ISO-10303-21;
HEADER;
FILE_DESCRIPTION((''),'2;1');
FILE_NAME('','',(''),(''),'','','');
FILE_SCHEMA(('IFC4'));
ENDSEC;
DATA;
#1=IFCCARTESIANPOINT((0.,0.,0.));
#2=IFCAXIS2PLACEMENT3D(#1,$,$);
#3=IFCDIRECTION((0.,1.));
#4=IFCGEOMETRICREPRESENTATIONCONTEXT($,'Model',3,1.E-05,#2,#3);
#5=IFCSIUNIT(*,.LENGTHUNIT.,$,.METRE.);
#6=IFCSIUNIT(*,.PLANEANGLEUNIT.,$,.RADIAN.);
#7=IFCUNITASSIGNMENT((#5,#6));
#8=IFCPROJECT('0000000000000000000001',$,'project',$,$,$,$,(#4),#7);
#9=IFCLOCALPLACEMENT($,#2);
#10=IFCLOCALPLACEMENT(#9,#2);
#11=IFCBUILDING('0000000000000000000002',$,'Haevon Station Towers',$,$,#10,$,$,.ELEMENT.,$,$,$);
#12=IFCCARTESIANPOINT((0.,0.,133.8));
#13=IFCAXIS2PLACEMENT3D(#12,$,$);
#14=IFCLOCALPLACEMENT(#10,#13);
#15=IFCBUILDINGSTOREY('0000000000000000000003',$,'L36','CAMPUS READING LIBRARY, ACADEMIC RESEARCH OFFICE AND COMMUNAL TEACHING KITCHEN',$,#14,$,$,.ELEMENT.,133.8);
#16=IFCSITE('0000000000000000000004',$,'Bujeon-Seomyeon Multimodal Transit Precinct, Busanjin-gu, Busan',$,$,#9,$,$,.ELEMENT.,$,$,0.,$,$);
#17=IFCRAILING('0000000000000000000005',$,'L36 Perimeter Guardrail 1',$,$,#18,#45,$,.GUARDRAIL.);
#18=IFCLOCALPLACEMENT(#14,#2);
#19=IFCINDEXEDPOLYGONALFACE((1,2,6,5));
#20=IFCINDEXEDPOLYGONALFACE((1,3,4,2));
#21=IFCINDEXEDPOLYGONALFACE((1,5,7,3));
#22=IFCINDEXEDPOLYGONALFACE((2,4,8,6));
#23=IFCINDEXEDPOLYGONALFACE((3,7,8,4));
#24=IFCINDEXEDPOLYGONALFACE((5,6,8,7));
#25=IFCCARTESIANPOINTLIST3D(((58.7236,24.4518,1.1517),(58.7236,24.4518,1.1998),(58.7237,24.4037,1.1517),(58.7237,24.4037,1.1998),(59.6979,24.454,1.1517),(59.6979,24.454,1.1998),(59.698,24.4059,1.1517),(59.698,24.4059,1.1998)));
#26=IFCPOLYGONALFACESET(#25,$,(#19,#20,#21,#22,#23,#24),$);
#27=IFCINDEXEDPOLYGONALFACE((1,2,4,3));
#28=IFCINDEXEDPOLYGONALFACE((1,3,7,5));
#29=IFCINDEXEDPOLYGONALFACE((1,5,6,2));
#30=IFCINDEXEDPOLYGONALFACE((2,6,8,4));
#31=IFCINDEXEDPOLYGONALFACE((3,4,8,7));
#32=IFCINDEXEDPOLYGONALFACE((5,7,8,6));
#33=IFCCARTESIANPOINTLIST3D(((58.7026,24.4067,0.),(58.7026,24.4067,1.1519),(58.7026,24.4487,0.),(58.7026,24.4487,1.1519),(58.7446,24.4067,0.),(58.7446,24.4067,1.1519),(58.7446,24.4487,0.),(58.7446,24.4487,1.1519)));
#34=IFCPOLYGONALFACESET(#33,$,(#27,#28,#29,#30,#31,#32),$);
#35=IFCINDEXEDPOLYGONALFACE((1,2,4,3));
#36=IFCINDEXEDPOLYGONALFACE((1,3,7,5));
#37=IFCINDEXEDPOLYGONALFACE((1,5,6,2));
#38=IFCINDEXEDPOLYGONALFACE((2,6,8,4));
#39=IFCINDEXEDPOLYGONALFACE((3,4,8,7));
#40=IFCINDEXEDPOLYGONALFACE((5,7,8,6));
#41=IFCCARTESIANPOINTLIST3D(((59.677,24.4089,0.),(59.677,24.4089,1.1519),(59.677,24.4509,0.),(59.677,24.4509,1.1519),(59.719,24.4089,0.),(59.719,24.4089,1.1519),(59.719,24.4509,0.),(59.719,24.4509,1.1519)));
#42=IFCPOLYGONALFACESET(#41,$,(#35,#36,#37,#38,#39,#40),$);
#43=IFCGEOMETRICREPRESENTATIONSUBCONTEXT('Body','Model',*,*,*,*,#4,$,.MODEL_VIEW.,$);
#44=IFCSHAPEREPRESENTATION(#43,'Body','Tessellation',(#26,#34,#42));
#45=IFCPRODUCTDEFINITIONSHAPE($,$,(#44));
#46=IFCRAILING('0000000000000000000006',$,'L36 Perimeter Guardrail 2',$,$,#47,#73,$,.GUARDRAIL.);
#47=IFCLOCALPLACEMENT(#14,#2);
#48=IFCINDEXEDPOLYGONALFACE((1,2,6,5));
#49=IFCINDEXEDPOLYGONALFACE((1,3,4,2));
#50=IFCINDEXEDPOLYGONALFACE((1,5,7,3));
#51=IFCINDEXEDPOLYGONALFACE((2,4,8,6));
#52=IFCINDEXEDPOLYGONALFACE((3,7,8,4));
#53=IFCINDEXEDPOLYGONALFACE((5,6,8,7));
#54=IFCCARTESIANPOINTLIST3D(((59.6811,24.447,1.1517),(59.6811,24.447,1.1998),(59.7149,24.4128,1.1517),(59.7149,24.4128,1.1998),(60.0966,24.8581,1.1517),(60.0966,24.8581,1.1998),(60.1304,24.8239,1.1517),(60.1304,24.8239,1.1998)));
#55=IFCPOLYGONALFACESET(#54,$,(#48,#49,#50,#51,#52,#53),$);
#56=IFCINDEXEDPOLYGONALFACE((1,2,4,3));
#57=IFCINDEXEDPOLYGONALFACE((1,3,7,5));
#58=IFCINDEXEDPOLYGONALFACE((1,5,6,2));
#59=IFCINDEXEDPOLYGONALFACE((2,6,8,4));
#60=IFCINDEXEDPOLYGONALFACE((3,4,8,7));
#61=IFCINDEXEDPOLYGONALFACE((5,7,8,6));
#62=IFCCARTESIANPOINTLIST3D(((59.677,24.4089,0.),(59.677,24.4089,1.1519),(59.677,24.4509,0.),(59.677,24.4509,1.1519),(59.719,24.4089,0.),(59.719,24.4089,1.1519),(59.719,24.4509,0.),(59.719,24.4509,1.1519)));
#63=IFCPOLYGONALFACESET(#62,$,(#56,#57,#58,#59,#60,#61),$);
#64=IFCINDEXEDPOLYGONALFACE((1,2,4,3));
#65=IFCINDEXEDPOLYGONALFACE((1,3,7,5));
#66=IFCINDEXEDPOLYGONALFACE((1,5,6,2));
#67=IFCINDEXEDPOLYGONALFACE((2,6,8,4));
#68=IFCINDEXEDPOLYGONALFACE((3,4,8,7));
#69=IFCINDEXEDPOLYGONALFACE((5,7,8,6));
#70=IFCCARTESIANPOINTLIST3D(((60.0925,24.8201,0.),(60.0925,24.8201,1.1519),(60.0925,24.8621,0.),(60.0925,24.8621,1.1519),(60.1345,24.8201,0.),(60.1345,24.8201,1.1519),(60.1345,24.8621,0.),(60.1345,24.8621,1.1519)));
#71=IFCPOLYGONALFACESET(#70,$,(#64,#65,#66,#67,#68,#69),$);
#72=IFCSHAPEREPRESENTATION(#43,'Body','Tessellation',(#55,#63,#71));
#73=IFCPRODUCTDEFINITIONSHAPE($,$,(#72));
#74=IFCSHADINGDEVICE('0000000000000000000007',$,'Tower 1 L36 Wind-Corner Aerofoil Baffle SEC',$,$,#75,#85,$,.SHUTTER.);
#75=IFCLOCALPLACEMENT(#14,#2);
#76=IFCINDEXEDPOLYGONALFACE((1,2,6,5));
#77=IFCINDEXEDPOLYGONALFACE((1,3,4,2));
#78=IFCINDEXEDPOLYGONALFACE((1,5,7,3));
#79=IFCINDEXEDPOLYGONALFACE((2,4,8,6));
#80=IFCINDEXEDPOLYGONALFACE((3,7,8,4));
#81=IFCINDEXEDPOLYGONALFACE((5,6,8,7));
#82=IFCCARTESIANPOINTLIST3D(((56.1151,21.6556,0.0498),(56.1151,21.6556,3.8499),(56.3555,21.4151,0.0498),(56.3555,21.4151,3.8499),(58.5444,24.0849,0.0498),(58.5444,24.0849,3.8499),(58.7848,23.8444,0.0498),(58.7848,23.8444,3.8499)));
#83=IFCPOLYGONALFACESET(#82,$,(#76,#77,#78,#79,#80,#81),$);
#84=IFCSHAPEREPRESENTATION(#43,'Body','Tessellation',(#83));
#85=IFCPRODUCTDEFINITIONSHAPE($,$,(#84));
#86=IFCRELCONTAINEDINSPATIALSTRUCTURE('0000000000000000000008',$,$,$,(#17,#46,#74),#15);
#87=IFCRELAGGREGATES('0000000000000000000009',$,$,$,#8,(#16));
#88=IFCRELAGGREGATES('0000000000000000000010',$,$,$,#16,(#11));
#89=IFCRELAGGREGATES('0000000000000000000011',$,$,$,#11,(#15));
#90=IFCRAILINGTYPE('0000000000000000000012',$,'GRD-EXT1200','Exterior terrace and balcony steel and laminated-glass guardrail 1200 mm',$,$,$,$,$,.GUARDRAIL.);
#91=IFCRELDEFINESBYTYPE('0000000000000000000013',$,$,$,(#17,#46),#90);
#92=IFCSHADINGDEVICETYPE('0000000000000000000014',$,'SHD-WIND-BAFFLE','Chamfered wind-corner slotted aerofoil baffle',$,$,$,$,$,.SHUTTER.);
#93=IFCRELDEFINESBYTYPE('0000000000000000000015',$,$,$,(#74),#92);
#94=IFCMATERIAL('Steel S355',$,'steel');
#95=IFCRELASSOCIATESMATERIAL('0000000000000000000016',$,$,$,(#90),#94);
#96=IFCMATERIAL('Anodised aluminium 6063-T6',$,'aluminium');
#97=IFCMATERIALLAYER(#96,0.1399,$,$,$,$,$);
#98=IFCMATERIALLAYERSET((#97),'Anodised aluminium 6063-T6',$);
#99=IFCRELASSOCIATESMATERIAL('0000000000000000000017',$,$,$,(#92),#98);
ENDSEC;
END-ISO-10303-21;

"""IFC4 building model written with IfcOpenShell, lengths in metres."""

from ifc_helpers import new_model, si_unit, direction, frame, origin, origin_2d, place, context, subcontext, project, spatial, rectangle, extrude, material, layer, layer_set, type_object, element, save


model = new_model("IFC4")

# Units and contexts
model_context = context("Model", 3, precision=1e-05, world=origin(), true_north=direction((0.0, 1.0)))
body_context = subcontext(model_context, "Body", "Model", "MODEL_VIEW")
ifc_project = project(units=[si_unit("LENGTHUNIT", "METRE"), si_unit("PLANEANGLEUNIT", "RADIAN")], contexts=[model_context])

# Site, building, storey
site_placement = place(None, origin())
site = spatial("IfcSite", under=ifc_project, at=site_placement, Name="Bujeon-Seomyeon Multimodal Transit Precinct, Busanjin-gu, Busan", CompositionType="ELEMENT", RefElevation=0.0)
building_placement = place(site_placement, origin())
building = spatial("IfcBuilding", under=site, at=building_placement, Name="Haevon Station Towers", CompositionType="ELEMENT")
storey_placement = place(building_placement, frame((0.0, 0.0, 133.8)))
storey = spatial("IfcBuildingStorey", under=building, at=storey_placement, Name="L36", Description="CAMPUS READING LIBRARY, ACADEMIC RESEARCH OFFICE AND COMMUNAL TEACHING KITCHEN", CompositionType="ELEMENT", Elevation=133.8)

# Shared definitions
ifc_material_1 = material(Name="Steel S355", Category="steel")

# Railings
railing_type = type_object("IfcRailingType", Name="GRD-EXT1200", Description="Exterior terrace and balcony steel and laminated-glass guardrail 1200 mm", PredefinedType="GUARDRAIL", material=ifc_material_1)
railing_1_placement = place(storey_placement, frame((58.7236, 24.4277, 0.0)))
element("IfcRailing", 1, at=railing_1_placement, inside=storey, type_object=railing_type, Name="L36 Perimeter Guardrail 1", PredefinedType="GUARDRAIL", context=body_context, shape_type="SweptSolid", body=[
    extrude(rectangle(XDim=0.0481, YDim=0.0481, at=origin_2d()), frame((0.0, 0.0, 1.1758), z_axis=(0.999997, 0.002255, 0.0), x_axis=(-0.002255, 0.999997, 0.0)), (0.0, 0.0, 1.0), 0.9744),
    extrude(rectangle(XDim=0.042, YDim=0.042, at=origin_2d()), origin(), (0.0, 0.0, 1.0), 1.1519),
    extrude(rectangle(XDim=0.042, YDim=0.042, at=origin_2d()), frame((0.9744, 0.0022, 0.0)), (0.0, 0.0, 1.0), 1.1519),
])
railing_2_placement = place(storey_placement, frame((59.698, 24.4299, 0.0)))
element("IfcRailing", 2, at=railing_2_placement, inside=storey, type_object=railing_type, Name="L36 Perimeter Guardrail 2", PredefinedType="GUARDRAIL", context=body_context, shape_type="SweptSolid", body=[
    extrude(rectangle(XDim=0.0481, YDim=0.0481, at=origin_2d()), frame((0.0, 0.0, 1.1758), z_axis=(0.710856, 0.703338, 0.0), x_axis=(-0.703338, 0.710856, 0.0)), (0.0, 0.0, 1.0), 0.5845),
    extrude(rectangle(XDim=0.042, YDim=0.042, at=origin_2d()), origin(), (0.0, 0.0, 1.0), 1.1519),
    extrude(rectangle(XDim=0.042, YDim=0.042, at=origin_2d()), frame((0.4155, 0.4111, 0.0)), (0.0, 0.0, 1.0), 1.1519),
])

# Shading device
ifc_material_2 = material(Name="Anodised aluminium 6063-T6", Category="aluminium")
ifc_layer_1 = layer(ifc_material_2, 0.1399)
ifc_layer_set_1 = layer_set([ifc_layer_1], Name="Anodised aluminium 6063-T6")
shading_device_type = type_object("IfcShadingDeviceType", Name="SHD-WIND-BAFFLE", Description="Chamfered wind-corner slotted aerofoil baffle", PredefinedType="SHUTTER", material=ifc_layer_set_1)
shading_device_placement = place(storey_placement, frame((57.45, 22.75, 0.0498), z_axis=(0.0, 0.0, 1.0), x_axis=(-0.707107, -0.707107, 0.0)))
element("IfcShadingDevice", 3, at=shading_device_placement, inside=storey, type_object=shading_device_type, Name="Tower 1 L36 Wind-Corner Aerofoil Baffle SEC", PredefinedType="SHUTTER", context=body_context, shape_type="SweptSolid", body=[
    extrude(rectangle(XDim=3.4355, YDim=0.3401, at=origin_2d()), origin(), (0.0, 0.0, 1.0), 3.8),
])

save(model, "model.ifc")
